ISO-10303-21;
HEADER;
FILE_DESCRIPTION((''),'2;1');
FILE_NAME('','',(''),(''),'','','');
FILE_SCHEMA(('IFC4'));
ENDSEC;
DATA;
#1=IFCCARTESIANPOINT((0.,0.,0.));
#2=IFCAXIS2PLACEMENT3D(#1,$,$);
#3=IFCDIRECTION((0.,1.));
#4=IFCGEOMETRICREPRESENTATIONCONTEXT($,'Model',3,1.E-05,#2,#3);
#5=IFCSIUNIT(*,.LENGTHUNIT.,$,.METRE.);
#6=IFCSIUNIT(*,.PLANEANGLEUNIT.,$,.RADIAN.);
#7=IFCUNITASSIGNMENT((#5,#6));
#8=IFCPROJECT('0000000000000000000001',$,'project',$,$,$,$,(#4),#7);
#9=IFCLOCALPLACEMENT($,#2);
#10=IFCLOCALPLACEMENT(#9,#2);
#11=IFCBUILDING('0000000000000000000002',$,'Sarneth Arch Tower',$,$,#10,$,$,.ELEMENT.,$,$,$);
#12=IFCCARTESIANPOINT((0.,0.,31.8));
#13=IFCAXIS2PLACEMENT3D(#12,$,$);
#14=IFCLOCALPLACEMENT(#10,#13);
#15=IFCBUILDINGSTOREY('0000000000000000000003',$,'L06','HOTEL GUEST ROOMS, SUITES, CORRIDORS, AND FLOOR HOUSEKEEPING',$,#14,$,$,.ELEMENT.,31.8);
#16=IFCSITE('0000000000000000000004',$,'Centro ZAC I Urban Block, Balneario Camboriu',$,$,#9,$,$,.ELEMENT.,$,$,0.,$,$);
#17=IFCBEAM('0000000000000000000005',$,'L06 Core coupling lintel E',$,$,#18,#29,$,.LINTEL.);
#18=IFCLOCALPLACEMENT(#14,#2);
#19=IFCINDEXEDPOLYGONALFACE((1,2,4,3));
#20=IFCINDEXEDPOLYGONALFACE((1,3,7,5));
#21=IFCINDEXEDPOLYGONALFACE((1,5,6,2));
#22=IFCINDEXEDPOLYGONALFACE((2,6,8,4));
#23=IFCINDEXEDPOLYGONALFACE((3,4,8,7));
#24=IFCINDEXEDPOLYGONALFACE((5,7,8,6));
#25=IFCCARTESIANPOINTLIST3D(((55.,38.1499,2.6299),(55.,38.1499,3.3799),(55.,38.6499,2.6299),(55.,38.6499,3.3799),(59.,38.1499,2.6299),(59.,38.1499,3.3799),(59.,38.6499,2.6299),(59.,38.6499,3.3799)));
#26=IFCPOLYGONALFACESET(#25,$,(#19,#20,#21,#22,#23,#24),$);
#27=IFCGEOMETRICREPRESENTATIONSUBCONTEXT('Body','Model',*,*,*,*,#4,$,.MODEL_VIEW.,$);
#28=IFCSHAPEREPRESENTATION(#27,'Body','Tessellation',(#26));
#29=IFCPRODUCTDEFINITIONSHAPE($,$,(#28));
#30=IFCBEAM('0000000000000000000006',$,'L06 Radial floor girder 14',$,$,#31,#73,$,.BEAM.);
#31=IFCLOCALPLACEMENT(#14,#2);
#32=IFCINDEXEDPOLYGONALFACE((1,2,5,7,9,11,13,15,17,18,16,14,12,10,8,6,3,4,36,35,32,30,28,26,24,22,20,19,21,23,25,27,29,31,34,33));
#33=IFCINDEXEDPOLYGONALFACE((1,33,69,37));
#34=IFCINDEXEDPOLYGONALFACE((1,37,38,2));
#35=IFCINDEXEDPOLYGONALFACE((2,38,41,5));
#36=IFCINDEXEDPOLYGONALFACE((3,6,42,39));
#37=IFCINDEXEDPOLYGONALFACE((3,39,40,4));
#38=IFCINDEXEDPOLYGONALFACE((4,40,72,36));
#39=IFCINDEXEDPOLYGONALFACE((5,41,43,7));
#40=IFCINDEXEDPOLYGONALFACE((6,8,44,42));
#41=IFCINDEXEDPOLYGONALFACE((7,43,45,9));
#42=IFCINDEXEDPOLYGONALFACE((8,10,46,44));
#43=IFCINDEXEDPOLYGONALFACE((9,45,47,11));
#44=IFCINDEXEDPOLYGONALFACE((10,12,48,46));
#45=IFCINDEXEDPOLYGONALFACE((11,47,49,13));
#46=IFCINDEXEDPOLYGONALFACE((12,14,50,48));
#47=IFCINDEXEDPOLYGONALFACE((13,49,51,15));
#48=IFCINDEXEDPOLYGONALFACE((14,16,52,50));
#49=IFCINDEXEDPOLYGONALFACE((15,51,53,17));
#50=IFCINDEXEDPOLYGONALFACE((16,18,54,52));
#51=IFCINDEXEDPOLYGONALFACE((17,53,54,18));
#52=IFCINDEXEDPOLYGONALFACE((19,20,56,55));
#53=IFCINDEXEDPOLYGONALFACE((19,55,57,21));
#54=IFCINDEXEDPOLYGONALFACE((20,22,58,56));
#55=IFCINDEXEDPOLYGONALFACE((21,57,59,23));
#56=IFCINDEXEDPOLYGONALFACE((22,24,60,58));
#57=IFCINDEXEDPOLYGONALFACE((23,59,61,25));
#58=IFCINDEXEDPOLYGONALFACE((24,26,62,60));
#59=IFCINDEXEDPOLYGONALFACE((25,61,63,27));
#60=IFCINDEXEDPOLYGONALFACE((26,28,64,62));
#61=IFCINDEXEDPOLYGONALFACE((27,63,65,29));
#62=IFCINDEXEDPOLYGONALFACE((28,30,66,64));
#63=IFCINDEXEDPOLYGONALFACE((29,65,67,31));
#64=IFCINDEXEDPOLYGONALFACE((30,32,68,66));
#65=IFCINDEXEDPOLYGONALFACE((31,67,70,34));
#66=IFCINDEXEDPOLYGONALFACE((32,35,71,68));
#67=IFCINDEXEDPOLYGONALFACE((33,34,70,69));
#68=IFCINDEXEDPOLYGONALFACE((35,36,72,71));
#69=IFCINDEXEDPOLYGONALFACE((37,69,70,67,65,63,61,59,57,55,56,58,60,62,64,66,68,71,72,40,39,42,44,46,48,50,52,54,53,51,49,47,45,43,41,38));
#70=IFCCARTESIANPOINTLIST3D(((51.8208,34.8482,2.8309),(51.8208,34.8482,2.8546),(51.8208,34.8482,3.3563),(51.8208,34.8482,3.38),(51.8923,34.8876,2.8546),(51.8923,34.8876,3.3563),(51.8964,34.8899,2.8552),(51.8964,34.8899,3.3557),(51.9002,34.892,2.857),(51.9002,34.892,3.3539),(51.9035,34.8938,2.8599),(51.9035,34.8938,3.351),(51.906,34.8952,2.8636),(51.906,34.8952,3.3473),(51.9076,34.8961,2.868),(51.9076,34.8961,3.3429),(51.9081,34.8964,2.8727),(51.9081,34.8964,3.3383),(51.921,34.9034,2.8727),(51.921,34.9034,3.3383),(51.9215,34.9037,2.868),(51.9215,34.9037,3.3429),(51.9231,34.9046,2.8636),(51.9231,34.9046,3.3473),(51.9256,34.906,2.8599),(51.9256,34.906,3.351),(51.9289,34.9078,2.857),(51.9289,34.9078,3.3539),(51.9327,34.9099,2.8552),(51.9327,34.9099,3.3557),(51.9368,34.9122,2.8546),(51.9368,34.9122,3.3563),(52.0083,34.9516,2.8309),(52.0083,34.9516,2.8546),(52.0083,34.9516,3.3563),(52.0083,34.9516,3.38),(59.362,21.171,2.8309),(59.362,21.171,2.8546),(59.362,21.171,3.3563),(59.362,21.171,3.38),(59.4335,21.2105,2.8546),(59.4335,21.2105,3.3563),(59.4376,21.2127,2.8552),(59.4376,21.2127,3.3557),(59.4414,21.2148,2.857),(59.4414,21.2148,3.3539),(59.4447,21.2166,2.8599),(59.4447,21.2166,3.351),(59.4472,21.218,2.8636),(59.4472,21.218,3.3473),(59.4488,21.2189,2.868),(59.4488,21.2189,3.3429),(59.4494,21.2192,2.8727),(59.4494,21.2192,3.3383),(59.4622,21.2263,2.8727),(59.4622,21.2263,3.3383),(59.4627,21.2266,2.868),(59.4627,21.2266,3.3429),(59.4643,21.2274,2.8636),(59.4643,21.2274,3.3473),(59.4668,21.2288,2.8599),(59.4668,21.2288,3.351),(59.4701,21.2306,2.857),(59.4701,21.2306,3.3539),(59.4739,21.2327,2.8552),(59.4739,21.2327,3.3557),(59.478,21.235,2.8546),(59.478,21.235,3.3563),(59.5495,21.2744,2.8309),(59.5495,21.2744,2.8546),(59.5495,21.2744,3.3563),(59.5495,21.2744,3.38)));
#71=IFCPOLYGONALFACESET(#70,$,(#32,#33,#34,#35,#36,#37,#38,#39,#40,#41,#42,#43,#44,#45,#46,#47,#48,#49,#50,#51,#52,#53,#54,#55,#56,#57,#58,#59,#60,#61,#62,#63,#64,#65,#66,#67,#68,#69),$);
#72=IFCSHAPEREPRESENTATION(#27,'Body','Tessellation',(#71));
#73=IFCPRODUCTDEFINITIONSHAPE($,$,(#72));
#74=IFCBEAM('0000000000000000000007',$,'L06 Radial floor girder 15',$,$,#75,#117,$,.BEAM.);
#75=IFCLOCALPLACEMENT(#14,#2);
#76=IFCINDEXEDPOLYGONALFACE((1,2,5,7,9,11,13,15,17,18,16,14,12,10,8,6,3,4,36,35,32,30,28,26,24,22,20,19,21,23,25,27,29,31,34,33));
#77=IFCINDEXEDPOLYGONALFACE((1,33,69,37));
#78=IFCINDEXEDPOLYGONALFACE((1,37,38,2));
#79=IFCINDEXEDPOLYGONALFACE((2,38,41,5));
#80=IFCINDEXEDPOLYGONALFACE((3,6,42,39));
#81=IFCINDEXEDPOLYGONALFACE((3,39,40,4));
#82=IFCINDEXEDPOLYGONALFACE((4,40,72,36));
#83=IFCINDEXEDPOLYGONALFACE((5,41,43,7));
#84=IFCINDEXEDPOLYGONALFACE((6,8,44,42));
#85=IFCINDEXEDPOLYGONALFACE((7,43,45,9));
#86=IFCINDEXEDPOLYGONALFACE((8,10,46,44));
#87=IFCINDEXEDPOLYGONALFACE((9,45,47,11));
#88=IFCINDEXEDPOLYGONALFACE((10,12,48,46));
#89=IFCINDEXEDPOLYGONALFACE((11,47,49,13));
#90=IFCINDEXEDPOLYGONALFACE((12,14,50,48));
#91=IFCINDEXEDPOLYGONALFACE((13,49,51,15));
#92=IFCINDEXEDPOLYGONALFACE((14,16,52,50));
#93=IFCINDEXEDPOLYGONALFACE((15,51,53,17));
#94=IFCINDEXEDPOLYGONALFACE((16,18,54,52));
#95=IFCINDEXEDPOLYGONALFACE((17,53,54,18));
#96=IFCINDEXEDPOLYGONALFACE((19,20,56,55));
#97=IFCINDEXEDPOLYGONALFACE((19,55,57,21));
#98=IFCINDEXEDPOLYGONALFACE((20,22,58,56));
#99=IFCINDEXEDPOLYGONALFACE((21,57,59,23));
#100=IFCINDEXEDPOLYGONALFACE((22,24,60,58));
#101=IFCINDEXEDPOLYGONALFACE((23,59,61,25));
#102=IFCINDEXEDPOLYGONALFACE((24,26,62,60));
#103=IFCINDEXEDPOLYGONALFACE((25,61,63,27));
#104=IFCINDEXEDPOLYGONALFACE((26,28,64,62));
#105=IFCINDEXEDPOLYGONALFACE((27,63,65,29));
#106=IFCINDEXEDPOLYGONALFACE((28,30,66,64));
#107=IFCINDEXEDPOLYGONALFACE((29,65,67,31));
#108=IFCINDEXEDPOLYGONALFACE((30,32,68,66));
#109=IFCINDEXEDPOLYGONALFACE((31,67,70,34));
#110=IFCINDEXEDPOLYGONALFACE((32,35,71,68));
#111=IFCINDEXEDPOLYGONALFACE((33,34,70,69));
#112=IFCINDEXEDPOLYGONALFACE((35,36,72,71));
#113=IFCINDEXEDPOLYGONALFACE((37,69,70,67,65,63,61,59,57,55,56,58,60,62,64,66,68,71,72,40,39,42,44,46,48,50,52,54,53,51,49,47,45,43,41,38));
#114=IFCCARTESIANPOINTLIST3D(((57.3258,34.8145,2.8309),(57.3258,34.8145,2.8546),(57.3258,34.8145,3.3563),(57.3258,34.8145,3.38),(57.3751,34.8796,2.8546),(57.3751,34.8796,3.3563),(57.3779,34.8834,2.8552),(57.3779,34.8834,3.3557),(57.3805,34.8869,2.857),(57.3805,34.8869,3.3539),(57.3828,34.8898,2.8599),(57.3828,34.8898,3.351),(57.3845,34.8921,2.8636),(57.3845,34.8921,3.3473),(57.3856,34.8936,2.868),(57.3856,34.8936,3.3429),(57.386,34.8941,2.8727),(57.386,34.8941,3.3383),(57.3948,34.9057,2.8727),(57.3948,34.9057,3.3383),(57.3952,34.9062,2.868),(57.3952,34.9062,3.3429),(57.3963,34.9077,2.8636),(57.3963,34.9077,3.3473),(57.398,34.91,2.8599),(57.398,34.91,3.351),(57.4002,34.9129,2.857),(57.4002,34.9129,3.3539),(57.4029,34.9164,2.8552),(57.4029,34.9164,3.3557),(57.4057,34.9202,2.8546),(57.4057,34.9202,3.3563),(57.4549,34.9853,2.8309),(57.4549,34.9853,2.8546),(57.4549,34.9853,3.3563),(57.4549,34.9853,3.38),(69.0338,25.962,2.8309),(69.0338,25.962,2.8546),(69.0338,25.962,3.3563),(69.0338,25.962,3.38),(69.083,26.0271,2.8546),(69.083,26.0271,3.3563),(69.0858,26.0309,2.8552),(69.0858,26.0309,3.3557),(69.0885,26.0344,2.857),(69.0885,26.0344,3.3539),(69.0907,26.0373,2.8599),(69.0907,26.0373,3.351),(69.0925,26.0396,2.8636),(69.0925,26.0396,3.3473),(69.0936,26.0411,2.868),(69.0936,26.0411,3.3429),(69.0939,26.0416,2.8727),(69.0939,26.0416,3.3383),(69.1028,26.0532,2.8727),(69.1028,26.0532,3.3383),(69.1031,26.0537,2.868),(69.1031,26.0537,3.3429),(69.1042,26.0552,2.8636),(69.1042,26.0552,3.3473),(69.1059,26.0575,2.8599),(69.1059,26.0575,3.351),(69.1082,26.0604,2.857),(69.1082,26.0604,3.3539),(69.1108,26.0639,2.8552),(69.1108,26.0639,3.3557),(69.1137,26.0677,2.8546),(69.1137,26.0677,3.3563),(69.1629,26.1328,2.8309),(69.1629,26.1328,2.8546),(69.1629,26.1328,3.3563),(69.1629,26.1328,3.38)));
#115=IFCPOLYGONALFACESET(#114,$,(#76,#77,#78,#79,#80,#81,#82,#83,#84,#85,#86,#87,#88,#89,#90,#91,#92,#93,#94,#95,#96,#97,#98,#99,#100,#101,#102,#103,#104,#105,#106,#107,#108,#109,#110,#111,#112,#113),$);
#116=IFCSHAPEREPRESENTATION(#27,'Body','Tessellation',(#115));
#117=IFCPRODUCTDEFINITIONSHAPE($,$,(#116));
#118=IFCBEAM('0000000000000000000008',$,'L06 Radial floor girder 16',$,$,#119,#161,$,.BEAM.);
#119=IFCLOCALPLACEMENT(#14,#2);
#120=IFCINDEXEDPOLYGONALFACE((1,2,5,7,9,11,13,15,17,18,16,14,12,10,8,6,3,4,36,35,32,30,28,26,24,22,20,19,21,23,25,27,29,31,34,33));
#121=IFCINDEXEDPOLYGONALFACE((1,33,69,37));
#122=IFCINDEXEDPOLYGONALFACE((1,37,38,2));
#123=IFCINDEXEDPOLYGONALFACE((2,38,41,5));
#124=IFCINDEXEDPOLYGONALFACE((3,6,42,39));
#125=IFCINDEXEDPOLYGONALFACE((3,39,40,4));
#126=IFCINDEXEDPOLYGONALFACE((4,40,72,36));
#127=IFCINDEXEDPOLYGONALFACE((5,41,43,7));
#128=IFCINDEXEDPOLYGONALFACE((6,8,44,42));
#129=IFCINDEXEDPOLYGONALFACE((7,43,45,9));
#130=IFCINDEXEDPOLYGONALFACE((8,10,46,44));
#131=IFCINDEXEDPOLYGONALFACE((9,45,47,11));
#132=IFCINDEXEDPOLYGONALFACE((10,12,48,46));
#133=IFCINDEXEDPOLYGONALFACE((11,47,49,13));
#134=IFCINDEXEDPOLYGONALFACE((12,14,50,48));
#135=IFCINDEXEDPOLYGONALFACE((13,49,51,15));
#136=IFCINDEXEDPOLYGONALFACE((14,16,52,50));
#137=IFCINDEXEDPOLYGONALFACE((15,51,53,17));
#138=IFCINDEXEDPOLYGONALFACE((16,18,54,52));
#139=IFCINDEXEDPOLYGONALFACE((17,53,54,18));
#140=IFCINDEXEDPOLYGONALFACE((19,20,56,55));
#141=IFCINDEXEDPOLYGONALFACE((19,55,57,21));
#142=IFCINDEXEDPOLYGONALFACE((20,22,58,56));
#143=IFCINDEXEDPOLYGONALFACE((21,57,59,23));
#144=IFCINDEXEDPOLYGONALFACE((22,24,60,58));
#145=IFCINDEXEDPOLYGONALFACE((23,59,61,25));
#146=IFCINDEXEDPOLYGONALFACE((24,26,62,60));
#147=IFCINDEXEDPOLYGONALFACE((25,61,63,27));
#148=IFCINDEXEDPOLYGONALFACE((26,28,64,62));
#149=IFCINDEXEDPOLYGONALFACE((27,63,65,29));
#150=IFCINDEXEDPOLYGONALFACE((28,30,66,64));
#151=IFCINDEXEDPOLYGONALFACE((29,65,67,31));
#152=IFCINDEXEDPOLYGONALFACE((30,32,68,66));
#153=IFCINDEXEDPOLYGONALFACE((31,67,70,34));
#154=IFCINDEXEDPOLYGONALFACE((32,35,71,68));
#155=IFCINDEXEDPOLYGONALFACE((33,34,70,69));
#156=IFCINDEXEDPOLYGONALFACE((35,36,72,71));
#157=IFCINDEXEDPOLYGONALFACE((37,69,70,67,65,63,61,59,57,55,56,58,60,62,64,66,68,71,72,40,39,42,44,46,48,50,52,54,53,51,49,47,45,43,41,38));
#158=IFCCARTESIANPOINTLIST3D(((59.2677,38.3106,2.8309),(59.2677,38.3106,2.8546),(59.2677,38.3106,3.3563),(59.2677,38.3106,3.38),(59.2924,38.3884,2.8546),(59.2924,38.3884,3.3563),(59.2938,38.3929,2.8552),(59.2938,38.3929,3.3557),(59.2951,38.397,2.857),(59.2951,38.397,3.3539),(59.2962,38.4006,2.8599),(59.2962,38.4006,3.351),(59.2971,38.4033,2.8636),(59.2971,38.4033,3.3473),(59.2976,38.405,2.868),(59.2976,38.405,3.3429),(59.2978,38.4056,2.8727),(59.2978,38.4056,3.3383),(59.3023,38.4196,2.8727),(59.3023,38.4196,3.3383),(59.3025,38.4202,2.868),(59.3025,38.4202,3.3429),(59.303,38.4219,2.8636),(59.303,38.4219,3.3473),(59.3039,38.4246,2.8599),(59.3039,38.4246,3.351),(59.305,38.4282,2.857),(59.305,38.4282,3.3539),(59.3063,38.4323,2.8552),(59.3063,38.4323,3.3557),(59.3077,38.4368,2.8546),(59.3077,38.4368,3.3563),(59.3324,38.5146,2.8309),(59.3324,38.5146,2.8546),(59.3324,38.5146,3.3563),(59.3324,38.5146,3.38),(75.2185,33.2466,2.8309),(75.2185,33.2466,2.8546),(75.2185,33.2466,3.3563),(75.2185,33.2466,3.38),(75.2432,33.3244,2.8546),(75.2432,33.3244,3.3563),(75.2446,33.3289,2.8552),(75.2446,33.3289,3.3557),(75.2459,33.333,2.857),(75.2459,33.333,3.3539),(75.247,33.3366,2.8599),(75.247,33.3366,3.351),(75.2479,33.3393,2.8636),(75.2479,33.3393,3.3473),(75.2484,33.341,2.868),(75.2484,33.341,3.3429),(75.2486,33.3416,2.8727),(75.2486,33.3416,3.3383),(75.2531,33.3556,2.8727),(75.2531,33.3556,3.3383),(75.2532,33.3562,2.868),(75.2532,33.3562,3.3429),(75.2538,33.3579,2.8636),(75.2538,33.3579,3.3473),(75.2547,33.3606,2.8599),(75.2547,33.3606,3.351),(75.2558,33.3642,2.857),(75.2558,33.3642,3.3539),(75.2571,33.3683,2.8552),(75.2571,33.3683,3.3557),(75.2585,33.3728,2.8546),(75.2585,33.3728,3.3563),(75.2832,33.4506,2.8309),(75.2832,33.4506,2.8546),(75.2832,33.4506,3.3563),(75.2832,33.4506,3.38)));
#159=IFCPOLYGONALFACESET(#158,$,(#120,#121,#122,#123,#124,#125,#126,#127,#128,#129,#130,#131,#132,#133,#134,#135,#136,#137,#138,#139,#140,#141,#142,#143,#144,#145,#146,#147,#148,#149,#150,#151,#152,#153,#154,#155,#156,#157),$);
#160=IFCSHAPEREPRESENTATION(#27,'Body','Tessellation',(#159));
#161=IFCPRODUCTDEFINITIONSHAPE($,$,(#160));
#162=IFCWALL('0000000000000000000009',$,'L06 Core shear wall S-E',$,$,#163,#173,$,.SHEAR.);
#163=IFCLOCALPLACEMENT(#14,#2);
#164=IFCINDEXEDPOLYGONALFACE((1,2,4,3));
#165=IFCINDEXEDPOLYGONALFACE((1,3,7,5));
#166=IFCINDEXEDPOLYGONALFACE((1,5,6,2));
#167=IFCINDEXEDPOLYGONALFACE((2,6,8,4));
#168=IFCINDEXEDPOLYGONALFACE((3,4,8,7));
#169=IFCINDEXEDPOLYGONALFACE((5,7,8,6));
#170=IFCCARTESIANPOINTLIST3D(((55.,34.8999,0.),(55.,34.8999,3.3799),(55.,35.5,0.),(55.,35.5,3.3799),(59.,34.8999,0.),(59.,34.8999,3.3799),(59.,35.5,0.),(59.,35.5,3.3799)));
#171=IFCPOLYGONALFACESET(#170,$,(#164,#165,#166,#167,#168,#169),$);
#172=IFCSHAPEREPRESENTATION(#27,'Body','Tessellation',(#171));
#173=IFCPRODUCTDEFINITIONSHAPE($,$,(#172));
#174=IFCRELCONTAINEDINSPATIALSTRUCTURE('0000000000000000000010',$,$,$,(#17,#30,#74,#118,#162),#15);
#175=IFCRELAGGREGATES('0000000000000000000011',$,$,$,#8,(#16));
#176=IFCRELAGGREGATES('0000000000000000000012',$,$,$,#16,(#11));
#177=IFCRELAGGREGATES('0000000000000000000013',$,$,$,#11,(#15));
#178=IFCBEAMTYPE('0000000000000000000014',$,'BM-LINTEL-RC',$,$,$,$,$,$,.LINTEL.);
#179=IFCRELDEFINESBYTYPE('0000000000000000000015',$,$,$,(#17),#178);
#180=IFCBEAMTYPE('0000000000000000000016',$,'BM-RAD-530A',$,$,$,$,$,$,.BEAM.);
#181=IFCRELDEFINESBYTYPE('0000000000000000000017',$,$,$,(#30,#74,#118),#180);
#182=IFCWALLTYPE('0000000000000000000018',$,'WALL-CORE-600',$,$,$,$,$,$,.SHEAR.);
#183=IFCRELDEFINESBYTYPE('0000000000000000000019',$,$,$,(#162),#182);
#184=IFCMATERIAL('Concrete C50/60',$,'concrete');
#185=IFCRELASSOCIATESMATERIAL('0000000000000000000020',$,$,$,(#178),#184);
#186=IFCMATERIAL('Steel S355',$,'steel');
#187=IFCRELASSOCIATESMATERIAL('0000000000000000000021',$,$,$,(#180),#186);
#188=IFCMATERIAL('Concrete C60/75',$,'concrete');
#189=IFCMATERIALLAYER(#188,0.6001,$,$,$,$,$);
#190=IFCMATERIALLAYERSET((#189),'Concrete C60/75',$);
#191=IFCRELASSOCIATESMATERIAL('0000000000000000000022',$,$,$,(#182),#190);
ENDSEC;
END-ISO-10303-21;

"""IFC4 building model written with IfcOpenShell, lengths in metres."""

from ifc_helpers import new_model, si_unit, direction, frame, frame_2d, origin, origin_2d, place, context, subcontext, project, spatial, rectangle, i_section, extrude, material, layer, layer_set, material_profile, profile_set, type_object, element, save


model = new_model("IFC4")

# Units and contexts
model_context = context("Model", 3, precision=1e-05, world=origin(), true_north=direction((0.0, 1.0)))
body_context = subcontext(model_context, "Body", "Model", "MODEL_VIEW")
ifc_project = project(units=[si_unit("LENGTHUNIT", "METRE"), si_unit("PLANEANGLEUNIT", "RADIAN")], contexts=[model_context])

# Site, building, storey
site_placement = place(None, origin())
site = spatial("IfcSite", under=ifc_project, at=site_placement, Name="Centro ZAC I Urban Block, Balneario Camboriu", CompositionType="ELEMENT", RefElevation=0.0)
building_placement = place(site_placement, origin())
building = spatial("IfcBuilding", under=site, at=building_placement, Name="Sarneth Arch Tower", CompositionType="ELEMENT")
storey_placement = place(building_placement, frame((0.0, 0.0, 31.8)))
storey = spatial("IfcBuildingStorey", under=building, at=storey_placement, Name="L06", Description="HOTEL GUEST ROOMS, SUITES, CORRIDORS, AND FLOOR HOUSEKEEPING", CompositionType="ELEMENT", Elevation=31.8)

# Beams
ifc_material_1 = material(Name="Concrete C50/60", Category="concrete")
ifc_material_profile_1 = material_profile(ifc_material_1, rectangle(XDim=0.5, YDim=0.75, at=origin_2d()), Name="RC-500x750")
ifc_profile_set_1 = profile_set([ifc_material_profile_1], Name="Concrete C50/60")
beam_type_1 = type_object("IfcBeamType", Name="BM-LINTEL-RC", PredefinedType="LINTEL", material=ifc_profile_set_1)
beam_1_placement = place(storey_placement, frame((55.0, 38.3999, 3.0049), z_axis=(1.0, 0.0, 0.0), x_axis=(0.0, 1.0, 0.0)))
element("IfcBeam", 1, at=beam_1_placement, inside=storey, type_object=beam_type_1, Name="L06 Core coupling lintel E", PredefinedType="LINTEL", context=body_context, shape_type="SweptSolid", body=[
    extrude(rectangle(XDim=0.5, YDim=0.75, at=origin_2d()), origin(), (0.0, 0.0, 1.0), 4.0),
])
ifc_material_2 = material(Name="Steel S355", Category="steel")
ifc_material_profile_2 = material_profile(ifc_material_2, i_section(OverallWidth=0.2141, OverallDepth=0.5491, WebThickness=0.0146, FlangeThickness=0.0237, FilletRadius=0.0181, at=origin_2d()), Name="W530x138")
ifc_profile_set_2 = profile_set([ifc_material_profile_2], Name="Steel S355")
beam_type_2 = type_object("IfcBeamType", Name="BM-RAD-530A", PredefinedType="BEAM", material=ifc_profile_set_2)
beam_2_placement = place(storey_placement, frame((51.9146, 34.8999, 3.1055), z_axis=(0.482841, -0.875708, 0.0), x_axis=(0.875708, 0.482841, 0.0)))
element("IfcBeam", 2, at=beam_2_placement, inside=storey, type_object=beam_type_2, Name="L06 Radial floor girder 14", PredefinedType="BEAM", context=body_context, shape_type="SweptSolid", body=[
    extrude(i_section(OverallWidth=0.2141, OverallDepth=0.5491, WebThickness=0.0146, FlangeThickness=0.0237, FilletRadius=0.0181, at=origin_2d()), origin(), (0.0, 0.0, 1.0), 15.6184),
])
beam_3_placement = place(storey_placement, frame((57.3904, 34.8999, 3.1055), z_axis=(0.797655, -0.603114, 0.0), x_axis=(0.603114, 0.797655, 0.0)))
element("IfcBeam", 3, at=beam_3_placement, inside=storey, type_object=beam_type_2, Name="L06 Radial floor girder 15", PredefinedType="BEAM", context=body_context, shape_type="SweptSolid", body=[
    extrude(i_section(OverallWidth=0.2141, OverallDepth=0.5491, WebThickness=0.0146, FlangeThickness=0.0237, FilletRadius=0.0181, at=origin_2d()), origin(), (0.0, 0.0, 1.0), 14.678),
])
beam_4_placement = place(storey_placement, frame((59.3, 38.4126, 3.1055), z_axis=(0.95312, -0.302593, 0.0), x_axis=(0.302593, 0.95312, 0.0)))
element("IfcBeam", 4, at=beam_4_placement, inside=storey, type_object=beam_type_2, Name="L06 Radial floor girder 16", PredefinedType="BEAM", context=body_context, shape_type="SweptSolid", body=[
    extrude(i_section(OverallWidth=0.2141, OverallDepth=0.5491, WebThickness=0.0146, FlangeThickness=0.0237, FilletRadius=0.0181, at=origin_2d()), origin(), (0.0, 0.0, 1.0), 16.7354),
])

# Wall
ifc_material_3 = material(Name="Concrete C60/75", Category="concrete")
ifc_layer_1 = layer(ifc_material_3, 0.6001)
ifc_layer_set_1 = layer_set([ifc_layer_1], Name="Concrete C60/75")
wall_type_1 = type_object("IfcWallType", Name="WALL-CORE-600", PredefinedType="SHEAR", material=ifc_layer_set_1)
wall_1_placement = place(storey_placement, frame((55.0, 35.2, 0.0), z_axis=(0.0, 0.0, 1.0), x_axis=(1.0, 0.0, 0.0)))
element("IfcWall", 5, at=wall_1_placement, inside=storey, type_object=wall_type_1, Name="L06 Core shear wall S-E", PredefinedType="SHEAR", context=body_context, shape_type="SweptSolid", body=[
    extrude(rectangle(XDim=4.0, YDim=0.6001, at=frame_2d((2.0, 0.0))), origin(), (0.0, 0.0, 1.0), 3.3799),
])

save(model, "model.ifc")
